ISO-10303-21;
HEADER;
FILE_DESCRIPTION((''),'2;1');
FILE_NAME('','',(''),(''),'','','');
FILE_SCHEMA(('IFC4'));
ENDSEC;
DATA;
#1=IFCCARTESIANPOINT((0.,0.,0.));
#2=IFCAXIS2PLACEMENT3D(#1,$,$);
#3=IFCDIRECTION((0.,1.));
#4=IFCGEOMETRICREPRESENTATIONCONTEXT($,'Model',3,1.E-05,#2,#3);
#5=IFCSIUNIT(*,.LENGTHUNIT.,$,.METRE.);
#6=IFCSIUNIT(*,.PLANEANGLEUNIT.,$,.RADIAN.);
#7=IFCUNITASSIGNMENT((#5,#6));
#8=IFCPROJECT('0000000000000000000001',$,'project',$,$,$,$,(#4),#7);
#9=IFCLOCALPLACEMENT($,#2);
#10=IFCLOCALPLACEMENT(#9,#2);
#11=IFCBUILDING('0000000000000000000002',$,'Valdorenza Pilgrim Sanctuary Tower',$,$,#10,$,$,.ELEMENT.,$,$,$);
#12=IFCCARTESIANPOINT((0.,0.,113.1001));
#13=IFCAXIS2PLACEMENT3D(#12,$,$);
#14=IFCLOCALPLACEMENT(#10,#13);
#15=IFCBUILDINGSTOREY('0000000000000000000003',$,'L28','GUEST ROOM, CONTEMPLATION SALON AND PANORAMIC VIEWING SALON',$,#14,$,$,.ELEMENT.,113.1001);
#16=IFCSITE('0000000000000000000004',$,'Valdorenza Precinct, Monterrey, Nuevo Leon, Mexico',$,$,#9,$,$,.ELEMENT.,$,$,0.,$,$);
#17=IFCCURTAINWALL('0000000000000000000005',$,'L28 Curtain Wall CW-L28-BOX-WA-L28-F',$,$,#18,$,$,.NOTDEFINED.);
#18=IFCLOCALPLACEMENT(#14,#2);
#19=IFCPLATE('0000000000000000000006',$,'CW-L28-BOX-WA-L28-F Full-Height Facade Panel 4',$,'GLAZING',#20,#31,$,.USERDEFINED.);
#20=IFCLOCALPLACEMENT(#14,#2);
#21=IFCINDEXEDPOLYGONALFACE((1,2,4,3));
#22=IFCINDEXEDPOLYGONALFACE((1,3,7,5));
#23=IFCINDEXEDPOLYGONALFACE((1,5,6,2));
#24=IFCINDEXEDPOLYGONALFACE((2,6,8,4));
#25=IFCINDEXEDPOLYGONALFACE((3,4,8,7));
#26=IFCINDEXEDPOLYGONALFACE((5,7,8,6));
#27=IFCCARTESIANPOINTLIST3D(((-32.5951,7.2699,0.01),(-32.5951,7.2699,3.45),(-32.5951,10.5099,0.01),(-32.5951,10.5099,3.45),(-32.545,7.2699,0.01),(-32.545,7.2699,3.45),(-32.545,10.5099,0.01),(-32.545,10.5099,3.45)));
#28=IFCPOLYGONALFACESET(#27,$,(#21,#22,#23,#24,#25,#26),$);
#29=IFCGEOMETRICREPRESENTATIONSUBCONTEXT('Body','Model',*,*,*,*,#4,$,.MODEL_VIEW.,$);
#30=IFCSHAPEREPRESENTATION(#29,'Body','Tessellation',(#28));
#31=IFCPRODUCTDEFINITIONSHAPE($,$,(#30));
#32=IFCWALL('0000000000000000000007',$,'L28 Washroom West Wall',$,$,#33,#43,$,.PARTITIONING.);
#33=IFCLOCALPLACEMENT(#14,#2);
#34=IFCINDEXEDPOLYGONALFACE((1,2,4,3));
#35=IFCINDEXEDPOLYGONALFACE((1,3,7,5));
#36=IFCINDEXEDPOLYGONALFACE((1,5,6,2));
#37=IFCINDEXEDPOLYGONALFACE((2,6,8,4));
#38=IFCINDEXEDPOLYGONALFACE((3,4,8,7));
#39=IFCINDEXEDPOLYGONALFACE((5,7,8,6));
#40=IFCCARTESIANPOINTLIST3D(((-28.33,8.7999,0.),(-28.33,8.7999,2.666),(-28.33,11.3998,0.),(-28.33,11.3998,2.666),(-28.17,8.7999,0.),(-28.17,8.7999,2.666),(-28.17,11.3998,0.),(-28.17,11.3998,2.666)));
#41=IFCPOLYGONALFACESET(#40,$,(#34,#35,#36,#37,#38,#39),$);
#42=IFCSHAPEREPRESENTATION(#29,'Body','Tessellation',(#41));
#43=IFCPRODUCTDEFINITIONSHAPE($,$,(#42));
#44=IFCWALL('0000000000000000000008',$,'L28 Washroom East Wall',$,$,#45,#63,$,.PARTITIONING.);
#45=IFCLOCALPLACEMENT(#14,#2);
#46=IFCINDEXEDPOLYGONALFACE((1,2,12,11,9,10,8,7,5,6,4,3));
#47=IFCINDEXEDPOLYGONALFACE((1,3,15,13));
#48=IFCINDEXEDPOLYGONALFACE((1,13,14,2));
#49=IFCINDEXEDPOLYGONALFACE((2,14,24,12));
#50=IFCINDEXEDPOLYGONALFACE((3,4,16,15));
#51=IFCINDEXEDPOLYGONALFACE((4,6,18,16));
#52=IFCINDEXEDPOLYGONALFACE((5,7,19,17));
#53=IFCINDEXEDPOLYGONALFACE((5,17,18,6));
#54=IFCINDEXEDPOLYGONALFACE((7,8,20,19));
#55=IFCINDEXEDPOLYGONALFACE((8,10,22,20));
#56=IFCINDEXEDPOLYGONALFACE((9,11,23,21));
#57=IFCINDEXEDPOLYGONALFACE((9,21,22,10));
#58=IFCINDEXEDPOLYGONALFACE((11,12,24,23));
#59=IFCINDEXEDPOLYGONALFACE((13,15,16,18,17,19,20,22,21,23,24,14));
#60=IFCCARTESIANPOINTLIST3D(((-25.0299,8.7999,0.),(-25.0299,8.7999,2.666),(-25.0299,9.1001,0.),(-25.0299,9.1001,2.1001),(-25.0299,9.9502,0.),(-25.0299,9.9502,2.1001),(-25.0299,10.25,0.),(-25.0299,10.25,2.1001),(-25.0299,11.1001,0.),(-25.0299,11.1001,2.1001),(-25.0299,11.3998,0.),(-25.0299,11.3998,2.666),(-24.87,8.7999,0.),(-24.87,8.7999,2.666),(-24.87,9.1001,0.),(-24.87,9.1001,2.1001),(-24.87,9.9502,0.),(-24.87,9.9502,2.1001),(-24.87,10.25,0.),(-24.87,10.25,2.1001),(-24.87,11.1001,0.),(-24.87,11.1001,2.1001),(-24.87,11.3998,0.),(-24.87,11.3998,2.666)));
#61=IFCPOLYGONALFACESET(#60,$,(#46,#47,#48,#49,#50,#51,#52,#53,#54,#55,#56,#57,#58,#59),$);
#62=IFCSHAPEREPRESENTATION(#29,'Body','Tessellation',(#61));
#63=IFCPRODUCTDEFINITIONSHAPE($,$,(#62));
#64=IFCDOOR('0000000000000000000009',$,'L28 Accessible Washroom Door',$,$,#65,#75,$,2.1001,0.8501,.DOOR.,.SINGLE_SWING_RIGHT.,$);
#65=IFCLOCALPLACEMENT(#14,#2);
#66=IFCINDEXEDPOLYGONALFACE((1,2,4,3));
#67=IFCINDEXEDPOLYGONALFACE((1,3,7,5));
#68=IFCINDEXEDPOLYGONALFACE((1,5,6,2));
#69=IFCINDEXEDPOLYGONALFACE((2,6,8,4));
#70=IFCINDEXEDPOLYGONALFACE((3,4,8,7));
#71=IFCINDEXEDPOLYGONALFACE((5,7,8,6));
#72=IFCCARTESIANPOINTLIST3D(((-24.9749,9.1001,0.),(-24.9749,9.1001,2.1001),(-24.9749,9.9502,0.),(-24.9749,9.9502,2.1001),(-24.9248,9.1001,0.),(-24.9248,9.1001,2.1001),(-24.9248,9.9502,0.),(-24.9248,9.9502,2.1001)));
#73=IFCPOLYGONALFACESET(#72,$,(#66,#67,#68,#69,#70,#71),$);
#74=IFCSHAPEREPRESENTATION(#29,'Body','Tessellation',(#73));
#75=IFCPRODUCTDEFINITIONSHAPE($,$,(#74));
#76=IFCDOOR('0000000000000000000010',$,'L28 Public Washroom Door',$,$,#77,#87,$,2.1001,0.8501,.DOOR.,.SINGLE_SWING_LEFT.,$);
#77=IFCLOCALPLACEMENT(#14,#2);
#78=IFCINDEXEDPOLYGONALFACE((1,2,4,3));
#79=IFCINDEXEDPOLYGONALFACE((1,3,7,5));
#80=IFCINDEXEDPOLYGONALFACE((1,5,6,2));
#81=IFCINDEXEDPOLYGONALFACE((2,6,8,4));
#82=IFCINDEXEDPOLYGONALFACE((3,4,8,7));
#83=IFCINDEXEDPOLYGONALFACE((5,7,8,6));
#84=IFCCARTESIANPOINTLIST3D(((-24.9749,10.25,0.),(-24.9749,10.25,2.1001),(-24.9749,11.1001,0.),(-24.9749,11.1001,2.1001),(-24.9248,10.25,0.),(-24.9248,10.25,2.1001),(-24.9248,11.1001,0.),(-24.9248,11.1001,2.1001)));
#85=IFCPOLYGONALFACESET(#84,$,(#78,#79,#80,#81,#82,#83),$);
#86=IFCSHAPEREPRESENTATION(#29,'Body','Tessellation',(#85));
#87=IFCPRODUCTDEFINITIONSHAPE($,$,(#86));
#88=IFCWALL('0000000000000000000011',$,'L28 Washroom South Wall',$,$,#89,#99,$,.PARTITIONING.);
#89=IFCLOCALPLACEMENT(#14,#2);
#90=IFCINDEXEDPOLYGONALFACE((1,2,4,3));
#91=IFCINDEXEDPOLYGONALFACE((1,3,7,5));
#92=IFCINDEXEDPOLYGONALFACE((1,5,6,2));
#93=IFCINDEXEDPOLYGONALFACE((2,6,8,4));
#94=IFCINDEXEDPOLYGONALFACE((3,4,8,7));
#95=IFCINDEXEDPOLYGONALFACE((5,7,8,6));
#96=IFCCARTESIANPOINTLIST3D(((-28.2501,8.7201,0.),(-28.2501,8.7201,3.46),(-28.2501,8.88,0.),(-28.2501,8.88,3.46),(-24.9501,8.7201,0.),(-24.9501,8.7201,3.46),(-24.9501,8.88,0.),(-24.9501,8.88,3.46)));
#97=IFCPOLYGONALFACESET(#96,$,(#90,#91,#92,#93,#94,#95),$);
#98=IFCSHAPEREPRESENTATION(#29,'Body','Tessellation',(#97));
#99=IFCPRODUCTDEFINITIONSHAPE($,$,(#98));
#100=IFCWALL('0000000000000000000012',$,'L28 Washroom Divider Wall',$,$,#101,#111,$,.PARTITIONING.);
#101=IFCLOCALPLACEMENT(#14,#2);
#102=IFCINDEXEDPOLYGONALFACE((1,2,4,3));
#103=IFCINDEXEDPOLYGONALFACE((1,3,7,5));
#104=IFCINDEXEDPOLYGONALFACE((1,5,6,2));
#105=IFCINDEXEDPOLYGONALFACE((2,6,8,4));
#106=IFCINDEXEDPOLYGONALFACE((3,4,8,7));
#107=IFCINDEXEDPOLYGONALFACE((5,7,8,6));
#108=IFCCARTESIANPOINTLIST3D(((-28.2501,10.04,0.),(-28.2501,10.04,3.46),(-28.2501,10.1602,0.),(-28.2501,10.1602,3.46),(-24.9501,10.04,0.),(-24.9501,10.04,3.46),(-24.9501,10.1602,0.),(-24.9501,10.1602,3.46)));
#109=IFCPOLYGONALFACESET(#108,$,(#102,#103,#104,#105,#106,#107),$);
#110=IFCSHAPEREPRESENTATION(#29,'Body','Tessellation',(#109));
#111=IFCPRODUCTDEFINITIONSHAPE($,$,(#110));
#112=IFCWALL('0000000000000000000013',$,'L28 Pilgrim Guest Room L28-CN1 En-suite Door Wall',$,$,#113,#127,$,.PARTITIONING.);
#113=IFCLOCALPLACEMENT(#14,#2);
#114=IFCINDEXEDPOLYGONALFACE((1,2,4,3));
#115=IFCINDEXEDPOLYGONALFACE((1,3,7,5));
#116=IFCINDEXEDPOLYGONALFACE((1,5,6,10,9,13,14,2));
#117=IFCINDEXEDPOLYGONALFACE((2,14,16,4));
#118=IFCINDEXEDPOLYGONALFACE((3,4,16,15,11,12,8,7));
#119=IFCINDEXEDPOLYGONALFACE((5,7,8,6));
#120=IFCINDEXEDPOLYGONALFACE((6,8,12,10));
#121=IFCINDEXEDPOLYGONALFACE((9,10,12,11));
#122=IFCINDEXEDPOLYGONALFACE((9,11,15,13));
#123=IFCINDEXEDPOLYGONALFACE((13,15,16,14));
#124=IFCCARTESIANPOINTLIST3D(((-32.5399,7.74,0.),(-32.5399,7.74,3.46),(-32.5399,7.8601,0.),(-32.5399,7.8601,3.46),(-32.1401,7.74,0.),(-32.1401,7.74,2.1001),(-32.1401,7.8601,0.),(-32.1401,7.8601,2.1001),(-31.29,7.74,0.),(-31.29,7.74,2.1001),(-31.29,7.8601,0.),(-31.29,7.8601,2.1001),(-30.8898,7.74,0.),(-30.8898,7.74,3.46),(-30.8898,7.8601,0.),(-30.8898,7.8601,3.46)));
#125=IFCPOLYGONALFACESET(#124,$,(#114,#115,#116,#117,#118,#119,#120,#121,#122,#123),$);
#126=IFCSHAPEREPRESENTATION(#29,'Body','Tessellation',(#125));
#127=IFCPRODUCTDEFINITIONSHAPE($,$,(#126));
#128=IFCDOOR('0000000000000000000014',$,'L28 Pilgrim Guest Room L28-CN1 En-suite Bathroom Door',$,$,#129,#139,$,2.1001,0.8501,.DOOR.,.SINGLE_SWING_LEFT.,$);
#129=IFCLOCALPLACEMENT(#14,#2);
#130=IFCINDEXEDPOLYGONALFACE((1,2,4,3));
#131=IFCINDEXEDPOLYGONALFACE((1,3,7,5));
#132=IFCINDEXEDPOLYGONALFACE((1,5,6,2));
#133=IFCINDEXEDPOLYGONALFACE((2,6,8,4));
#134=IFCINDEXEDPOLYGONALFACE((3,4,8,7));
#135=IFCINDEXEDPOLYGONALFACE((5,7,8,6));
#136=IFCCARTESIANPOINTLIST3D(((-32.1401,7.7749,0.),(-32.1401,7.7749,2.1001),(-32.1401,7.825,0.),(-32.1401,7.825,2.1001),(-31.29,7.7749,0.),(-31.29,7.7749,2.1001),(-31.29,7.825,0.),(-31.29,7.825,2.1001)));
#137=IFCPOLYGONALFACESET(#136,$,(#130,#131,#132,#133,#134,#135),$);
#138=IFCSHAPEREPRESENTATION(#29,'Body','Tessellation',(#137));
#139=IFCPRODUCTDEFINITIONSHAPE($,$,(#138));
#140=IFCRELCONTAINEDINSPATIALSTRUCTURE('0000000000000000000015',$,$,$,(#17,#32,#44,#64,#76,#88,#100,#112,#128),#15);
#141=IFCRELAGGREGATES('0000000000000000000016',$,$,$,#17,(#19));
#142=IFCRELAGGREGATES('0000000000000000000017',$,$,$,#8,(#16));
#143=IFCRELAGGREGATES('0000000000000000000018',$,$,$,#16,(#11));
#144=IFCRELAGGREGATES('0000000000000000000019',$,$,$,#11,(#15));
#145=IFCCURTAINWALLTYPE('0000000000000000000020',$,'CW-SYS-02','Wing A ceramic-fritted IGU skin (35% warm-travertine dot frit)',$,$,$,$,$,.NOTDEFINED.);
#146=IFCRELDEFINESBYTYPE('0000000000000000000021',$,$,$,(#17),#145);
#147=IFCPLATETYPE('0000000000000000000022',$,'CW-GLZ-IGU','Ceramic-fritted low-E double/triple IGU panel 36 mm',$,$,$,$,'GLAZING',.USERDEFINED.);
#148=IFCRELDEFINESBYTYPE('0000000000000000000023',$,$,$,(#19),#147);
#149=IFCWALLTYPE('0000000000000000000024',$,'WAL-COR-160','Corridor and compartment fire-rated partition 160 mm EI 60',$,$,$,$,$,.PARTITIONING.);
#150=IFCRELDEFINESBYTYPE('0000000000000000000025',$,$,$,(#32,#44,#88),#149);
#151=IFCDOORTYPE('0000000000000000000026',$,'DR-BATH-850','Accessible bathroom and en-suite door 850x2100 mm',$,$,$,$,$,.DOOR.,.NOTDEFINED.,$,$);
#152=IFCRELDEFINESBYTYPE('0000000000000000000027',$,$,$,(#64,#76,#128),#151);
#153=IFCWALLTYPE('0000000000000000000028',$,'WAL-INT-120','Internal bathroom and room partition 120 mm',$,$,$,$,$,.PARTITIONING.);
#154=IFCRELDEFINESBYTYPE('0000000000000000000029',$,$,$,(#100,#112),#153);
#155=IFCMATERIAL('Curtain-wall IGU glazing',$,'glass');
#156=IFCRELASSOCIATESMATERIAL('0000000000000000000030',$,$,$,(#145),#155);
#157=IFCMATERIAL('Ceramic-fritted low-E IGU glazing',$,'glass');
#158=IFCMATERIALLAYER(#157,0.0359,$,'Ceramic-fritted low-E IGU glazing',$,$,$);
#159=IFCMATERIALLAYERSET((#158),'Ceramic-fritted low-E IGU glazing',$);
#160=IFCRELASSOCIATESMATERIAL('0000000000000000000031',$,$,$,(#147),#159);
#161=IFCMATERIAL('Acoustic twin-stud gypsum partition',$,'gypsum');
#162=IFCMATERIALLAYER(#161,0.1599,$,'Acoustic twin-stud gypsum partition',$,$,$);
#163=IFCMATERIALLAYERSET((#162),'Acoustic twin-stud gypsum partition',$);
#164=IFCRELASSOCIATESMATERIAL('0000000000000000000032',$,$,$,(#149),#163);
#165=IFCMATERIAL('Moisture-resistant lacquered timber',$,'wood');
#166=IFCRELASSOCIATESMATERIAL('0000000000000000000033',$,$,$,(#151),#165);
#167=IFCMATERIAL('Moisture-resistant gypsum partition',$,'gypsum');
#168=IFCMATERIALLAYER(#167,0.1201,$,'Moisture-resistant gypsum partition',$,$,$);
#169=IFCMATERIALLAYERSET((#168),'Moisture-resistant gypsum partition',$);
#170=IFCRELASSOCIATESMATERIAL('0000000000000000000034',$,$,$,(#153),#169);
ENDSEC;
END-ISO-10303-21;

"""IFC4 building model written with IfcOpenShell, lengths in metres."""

from ifc_helpers import new_model, si_unit, direction, frame, frame_2d, origin, origin_2d, place, context, subcontext, project, spatial, rectangle, extrude, source, transform, mapped, material, layer, layer_set, type_object, element, fill, aggregate, save


model = new_model("IFC4")

# Units and contexts
model_context = context("Model", 3, precision=1e-05, world=origin(), true_north=direction((0.0, 1.0)))
body_context = subcontext(model_context, "Body", "Model", "MODEL_VIEW")
ifc_project = project(units=[si_unit("LENGTHUNIT", "METRE"), si_unit("PLANEANGLEUNIT", "RADIAN")], contexts=[model_context])

# Site, building, storey
site_placement = place(None, origin())
site = spatial("IfcSite", under=ifc_project, at=site_placement, Name="Valdorenza Precinct, Monterrey, Nuevo Leon, Mexico", CompositionType="ELEMENT", RefElevation=0.0)
building_placement = place(site_placement, origin())
building = spatial("IfcBuilding", under=site, at=building_placement, Name="Valdorenza Pilgrim Sanctuary Tower", CompositionType="ELEMENT")
storey_placement = place(building_placement, frame((0.0, 0.0, 113.1001)))
storey = spatial("IfcBuildingStorey", under=building, at=storey_placement, Name="L28", Description="GUEST ROOM, CONTEMPLATION SALON AND PANORAMIC VIEWING SALON", CompositionType="ELEMENT", Elevation=113.1001)

# Curtain wall
ifc_material_1 = material(Name="Curtain-wall IGU glazing", Category="glass")
curtain_wall_type = type_object("IfcCurtainWallType", Name="CW-SYS-02", Description="Wing A ceramic-fritted IGU skin (35% warm-travertine dot frit)", PredefinedType="NOTDEFINED", material=ifc_material_1)
curtain_wall_1_placement = place(storey_placement, origin())
curtain_wall_1 = element("IfcCurtainWall", 1, at=curtain_wall_1_placement, inside=storey, type_object=curtain_wall_type, Name="L28 Curtain Wall CW-L28-BOX-WA-L28-F", PredefinedType="NOTDEFINED")

# Plate
ifc_material_2 = material(Name="Ceramic-fritted low-E IGU glazing", Category="glass")
ifc_layer_1 = layer(ifc_material_2, 0.0359, Name="Ceramic-fritted low-E IGU glazing")
ifc_layer_set_1 = layer_set([ifc_layer_1], Name="Ceramic-fritted low-E IGU glazing")
plate_type_1 = type_object("IfcPlateType", Name="CW-GLZ-IGU", Description="Ceramic-fritted low-E double/triple IGU panel 36 mm", ElementType="GLAZING", PredefinedType="USERDEFINED", material=ifc_layer_set_1)
shared_shape_1 = source(origin(), body_context, "Body", "SweptSolid", [
    extrude(rectangle(XDim=3.24, YDim=0.05, at=origin_2d()), origin(), (0.0, 0.0, 1.0), 3.4399),
])
plate_1_placement = place(storey_placement, frame((-32.5701, 8.8899, 0.01), z_axis=(0.0, 0.0, 1.0), x_axis=(0.0, 1.0, 0.0)))
plate_1 = element("IfcPlate", 2, at=plate_1_placement, type_object=plate_type_1, Name="CW-L28-BOX-WA-L28-F Full-Height Facade Panel 4", ObjectType="GLAZING", PredefinedType="USERDEFINED", context=body_context, shape_type="MappedRepresentation", body=[
    mapped(shared_shape_1, transform((0.0, 0.0, 0.0), x_axis=(1.0, 0.0, 0.0), y_axis=(0.0, 1.0, 0.0), z_axis=(0.0, 0.0, 1.0), scale=1.0)),
])
aggregate(curtain_wall_1, [plate_1])

# Wall
ifc_material_3 = material(Name="Acoustic twin-stud gypsum partition", Category="gypsum")
ifc_layer_2 = layer(ifc_material_3, 0.1599, Name="Acoustic twin-stud gypsum partition")
ifc_layer_set_2 = layer_set([ifc_layer_2], Name="Acoustic twin-stud gypsum partition")
wall_type_1 = type_object("IfcWallType", Name="WAL-COR-160", Description="Corridor and compartment fire-rated partition 160 mm EI 60", PredefinedType="PARTITIONING", material=ifc_layer_set_2)
wall_1_placement = place(storey_placement, frame((-28.25, 8.8, 0.0), z_axis=(0.0, 0.0, 1.0), x_axis=(0.0, 1.0, 0.0)))
element("IfcWall", 3, at=wall_1_placement, inside=storey, type_object=wall_type_1, Name="L28 Washroom West Wall", PredefinedType="PARTITIONING", context=body_context, shape_type="SweptSolid", body=[
    extrude(rectangle(XDim=2.5999, YDim=0.1599, at=frame_2d((1.2998, 0.0))), origin(), (0.0, 0.0, 1.0), 2.666),
])

# Wall, openings, doors
wall_2_placement = place(storey_placement, frame((-24.95, 8.8, 0.0), z_axis=(0.0, 0.0, 1.0), x_axis=(0.0, 1.0, 0.0)))
wall_2 = element("IfcWall", 4, at=wall_2_placement, inside=storey, type_object=wall_type_1, Name="L28 Washroom East Wall", PredefinedType="PARTITIONING", context=body_context, shape_type="SweptSolid", body=[
    extrude(rectangle(XDim=2.5999, YDim=0.1599, at=frame_2d((1.2998, 0.0))), origin(), (0.0, 0.0, 1.0), 2.666),
])
opening_1_placement = place(wall_2_placement, frame((0.3, 0.0, 0.0)))
opening_1 = element("IfcOpeningElement", 5, at=opening_1_placement, cuts=wall_2, PredefinedType="OPENING", context=body_context, shape_type="SweptSolid", body=[
    extrude(rectangle(XDim=0.8501, YDim=2.1001, at=frame_2d((0.425, 1.05))), frame((0.0, 0.0947, 0.0), z_axis=(0.0, -1.0, 0.0), x_axis=(1.0, 0.0, 0.0)), (0.0, 0.0, 1.0), 0.1897),
])
opening_2_placement = place(wall_2_placement, frame((1.45, 0.0, 0.0)))
opening_2 = element("IfcOpeningElement", 6, at=opening_2_placement, cuts=wall_2, PredefinedType="OPENING", context=body_context, shape_type="SweptSolid", body=[
    extrude(rectangle(XDim=0.8501, YDim=2.1001, at=frame_2d((0.425, 1.05))), frame((0.0, 0.0947, 0.0), z_axis=(0.0, -1.0, 0.0), x_axis=(1.0, 0.0, 0.0)), (0.0, 0.0, 1.0), 0.1897),
])
ifc_material_4 = material(Name="Moisture-resistant lacquered timber", Category="wood")
door_type = type_object("IfcDoorType", Name="DR-BATH-850", Description="Accessible bathroom and en-suite door 850x2100 mm", OperationType="NOTDEFINED", PredefinedType="DOOR", material=ifc_material_4)
door_1_placement = place(opening_1_placement, origin())
door_1 = element("IfcDoor", 7, at=door_1_placement, inside=storey, type_object=door_type, Name="L28 Accessible Washroom Door", OperationType="SINGLE_SWING_RIGHT", OverallHeight=2.1001, OverallWidth=0.8501, PredefinedType="DOOR", context=body_context, shape_type="SweptSolid", body=[
    extrude(rectangle(XDim=0.8501, YDim=2.1001, at=frame_2d((0.425, 1.05))), frame((0.0, 0.0249, 0.0), z_axis=(0.0, -1.0, 0.0), x_axis=(1.0, 0.0, 0.0)), (0.0, 0.0, 1.0), 0.05),
])
fill(opening_1, door_1)
door_2_placement = place(opening_2_placement, origin())
door_2 = element("IfcDoor", 8, at=door_2_placement, inside=storey, type_object=door_type, Name="L28 Public Washroom Door", OperationType="SINGLE_SWING_LEFT", OverallHeight=2.1001, OverallWidth=0.8501, PredefinedType="DOOR", context=body_context, shape_type="SweptSolid", body=[
    extrude(rectangle(XDim=0.8501, YDim=2.1001, at=frame_2d((0.425, 1.05))), frame((0.0, 0.0249, 0.0), z_axis=(0.0, -1.0, 0.0), x_axis=(1.0, 0.0, 0.0)), (0.0, 0.0, 1.0), 0.05),
])
fill(opening_2, door_2)

# Walls
wall_3_placement = place(storey_placement, frame((-28.25, 8.8, 0.0), z_axis=(0.0, 0.0, 1.0), x_axis=(1.0, 0.0, 0.0)))
element("IfcWall", 9, at=wall_3_placement, inside=storey, type_object=wall_type_1, Name="L28 Washroom South Wall", PredefinedType="PARTITIONING", context=body_context, shape_type="SweptSolid", body=[
    extrude(rectangle(XDim=3.3, YDim=0.1599, at=frame_2d((1.6499, 0.0))), origin(), (0.0, 0.0, 1.0), 3.46),
])
ifc_material_5 = material(Name="Moisture-resistant gypsum partition", Category="gypsum")
ifc_layer_3 = layer(ifc_material_5, 0.1201, Name="Moisture-resistant gypsum partition")
ifc_layer_set_3 = layer_set([ifc_layer_3], Name="Moisture-resistant gypsum partition")
wall_type_2 = type_object("IfcWallType", Name="WAL-INT-120", Description="Internal bathroom and room partition 120 mm", PredefinedType="PARTITIONING", material=ifc_layer_set_3)
wall_4_placement = place(storey_placement, frame((-28.25, 10.1001, 0.0), z_axis=(0.0, 0.0, 1.0), x_axis=(1.0, 0.0, 0.0)))
element("IfcWall", 10, at=wall_4_placement, inside=storey, type_object=wall_type_2, Name="L28 Washroom Divider Wall", PredefinedType="PARTITIONING", context=body_context, shape_type="SweptSolid", body=[
    extrude(rectangle(XDim=3.3, YDim=0.1201, at=frame_2d((1.6499, 0.0))), origin(), (0.0, 0.0, 1.0), 3.46),
])

# Wall, opening, door
wall_5_placement = place(storey_placement, frame((-32.54, 7.8, 0.0), z_axis=(0.0, 0.0, 1.0), x_axis=(1.0, 0.0, 0.0)))
wall_5 = element("IfcWall", 11, at=wall_5_placement, inside=storey, type_object=wall_type_2, Name="L28 Pilgrim Guest Room L28-CN1 En-suite Door Wall", PredefinedType="PARTITIONING", context=body_context, shape_type="SweptSolid", body=[
    extrude(rectangle(XDim=1.6501, YDim=0.1201, at=frame_2d((0.8252, 0.0))), origin(), (0.0, 0.0, 1.0), 3.46),
])
opening_3_placement = place(wall_5_placement, frame((0.3999, 0.0, 0.0)))
opening_3 = element("IfcOpeningElement", 12, at=opening_3_placement, cuts=wall_5, PredefinedType="OPENING", context=body_context, shape_type="SweptSolid", body=[
    extrude(rectangle(XDim=0.8501, YDim=2.1001, at=frame_2d((0.425, 1.05))), frame((0.0, 0.075, 0.0), z_axis=(0.0, -1.0, 0.0), x_axis=(1.0, 0.0, 0.0)), (0.0, 0.0, 1.0), 0.1499),
])
door_3_placement = place(opening_3_placement, origin())
door_3 = element("IfcDoor", 13, at=door_3_placement, inside=storey, type_object=door_type, Name="L28 Pilgrim Guest Room L28-CN1 En-suite Bathroom Door", OperationType="SINGLE_SWING_LEFT", OverallHeight=2.1001, OverallWidth=0.8501, PredefinedType="DOOR", context=body_context, shape_type="SweptSolid", body=[
    extrude(rectangle(XDim=0.8501, YDim=2.1001, at=frame_2d((0.425, 1.05))), frame((0.0, 0.0249, 0.0), z_axis=(0.0, -1.0, 0.0), x_axis=(1.0, 0.0, 0.0)), (0.0, 0.0, 1.0), 0.05),
])
fill(opening_3, door_3)

save(model, "model.ifc")
